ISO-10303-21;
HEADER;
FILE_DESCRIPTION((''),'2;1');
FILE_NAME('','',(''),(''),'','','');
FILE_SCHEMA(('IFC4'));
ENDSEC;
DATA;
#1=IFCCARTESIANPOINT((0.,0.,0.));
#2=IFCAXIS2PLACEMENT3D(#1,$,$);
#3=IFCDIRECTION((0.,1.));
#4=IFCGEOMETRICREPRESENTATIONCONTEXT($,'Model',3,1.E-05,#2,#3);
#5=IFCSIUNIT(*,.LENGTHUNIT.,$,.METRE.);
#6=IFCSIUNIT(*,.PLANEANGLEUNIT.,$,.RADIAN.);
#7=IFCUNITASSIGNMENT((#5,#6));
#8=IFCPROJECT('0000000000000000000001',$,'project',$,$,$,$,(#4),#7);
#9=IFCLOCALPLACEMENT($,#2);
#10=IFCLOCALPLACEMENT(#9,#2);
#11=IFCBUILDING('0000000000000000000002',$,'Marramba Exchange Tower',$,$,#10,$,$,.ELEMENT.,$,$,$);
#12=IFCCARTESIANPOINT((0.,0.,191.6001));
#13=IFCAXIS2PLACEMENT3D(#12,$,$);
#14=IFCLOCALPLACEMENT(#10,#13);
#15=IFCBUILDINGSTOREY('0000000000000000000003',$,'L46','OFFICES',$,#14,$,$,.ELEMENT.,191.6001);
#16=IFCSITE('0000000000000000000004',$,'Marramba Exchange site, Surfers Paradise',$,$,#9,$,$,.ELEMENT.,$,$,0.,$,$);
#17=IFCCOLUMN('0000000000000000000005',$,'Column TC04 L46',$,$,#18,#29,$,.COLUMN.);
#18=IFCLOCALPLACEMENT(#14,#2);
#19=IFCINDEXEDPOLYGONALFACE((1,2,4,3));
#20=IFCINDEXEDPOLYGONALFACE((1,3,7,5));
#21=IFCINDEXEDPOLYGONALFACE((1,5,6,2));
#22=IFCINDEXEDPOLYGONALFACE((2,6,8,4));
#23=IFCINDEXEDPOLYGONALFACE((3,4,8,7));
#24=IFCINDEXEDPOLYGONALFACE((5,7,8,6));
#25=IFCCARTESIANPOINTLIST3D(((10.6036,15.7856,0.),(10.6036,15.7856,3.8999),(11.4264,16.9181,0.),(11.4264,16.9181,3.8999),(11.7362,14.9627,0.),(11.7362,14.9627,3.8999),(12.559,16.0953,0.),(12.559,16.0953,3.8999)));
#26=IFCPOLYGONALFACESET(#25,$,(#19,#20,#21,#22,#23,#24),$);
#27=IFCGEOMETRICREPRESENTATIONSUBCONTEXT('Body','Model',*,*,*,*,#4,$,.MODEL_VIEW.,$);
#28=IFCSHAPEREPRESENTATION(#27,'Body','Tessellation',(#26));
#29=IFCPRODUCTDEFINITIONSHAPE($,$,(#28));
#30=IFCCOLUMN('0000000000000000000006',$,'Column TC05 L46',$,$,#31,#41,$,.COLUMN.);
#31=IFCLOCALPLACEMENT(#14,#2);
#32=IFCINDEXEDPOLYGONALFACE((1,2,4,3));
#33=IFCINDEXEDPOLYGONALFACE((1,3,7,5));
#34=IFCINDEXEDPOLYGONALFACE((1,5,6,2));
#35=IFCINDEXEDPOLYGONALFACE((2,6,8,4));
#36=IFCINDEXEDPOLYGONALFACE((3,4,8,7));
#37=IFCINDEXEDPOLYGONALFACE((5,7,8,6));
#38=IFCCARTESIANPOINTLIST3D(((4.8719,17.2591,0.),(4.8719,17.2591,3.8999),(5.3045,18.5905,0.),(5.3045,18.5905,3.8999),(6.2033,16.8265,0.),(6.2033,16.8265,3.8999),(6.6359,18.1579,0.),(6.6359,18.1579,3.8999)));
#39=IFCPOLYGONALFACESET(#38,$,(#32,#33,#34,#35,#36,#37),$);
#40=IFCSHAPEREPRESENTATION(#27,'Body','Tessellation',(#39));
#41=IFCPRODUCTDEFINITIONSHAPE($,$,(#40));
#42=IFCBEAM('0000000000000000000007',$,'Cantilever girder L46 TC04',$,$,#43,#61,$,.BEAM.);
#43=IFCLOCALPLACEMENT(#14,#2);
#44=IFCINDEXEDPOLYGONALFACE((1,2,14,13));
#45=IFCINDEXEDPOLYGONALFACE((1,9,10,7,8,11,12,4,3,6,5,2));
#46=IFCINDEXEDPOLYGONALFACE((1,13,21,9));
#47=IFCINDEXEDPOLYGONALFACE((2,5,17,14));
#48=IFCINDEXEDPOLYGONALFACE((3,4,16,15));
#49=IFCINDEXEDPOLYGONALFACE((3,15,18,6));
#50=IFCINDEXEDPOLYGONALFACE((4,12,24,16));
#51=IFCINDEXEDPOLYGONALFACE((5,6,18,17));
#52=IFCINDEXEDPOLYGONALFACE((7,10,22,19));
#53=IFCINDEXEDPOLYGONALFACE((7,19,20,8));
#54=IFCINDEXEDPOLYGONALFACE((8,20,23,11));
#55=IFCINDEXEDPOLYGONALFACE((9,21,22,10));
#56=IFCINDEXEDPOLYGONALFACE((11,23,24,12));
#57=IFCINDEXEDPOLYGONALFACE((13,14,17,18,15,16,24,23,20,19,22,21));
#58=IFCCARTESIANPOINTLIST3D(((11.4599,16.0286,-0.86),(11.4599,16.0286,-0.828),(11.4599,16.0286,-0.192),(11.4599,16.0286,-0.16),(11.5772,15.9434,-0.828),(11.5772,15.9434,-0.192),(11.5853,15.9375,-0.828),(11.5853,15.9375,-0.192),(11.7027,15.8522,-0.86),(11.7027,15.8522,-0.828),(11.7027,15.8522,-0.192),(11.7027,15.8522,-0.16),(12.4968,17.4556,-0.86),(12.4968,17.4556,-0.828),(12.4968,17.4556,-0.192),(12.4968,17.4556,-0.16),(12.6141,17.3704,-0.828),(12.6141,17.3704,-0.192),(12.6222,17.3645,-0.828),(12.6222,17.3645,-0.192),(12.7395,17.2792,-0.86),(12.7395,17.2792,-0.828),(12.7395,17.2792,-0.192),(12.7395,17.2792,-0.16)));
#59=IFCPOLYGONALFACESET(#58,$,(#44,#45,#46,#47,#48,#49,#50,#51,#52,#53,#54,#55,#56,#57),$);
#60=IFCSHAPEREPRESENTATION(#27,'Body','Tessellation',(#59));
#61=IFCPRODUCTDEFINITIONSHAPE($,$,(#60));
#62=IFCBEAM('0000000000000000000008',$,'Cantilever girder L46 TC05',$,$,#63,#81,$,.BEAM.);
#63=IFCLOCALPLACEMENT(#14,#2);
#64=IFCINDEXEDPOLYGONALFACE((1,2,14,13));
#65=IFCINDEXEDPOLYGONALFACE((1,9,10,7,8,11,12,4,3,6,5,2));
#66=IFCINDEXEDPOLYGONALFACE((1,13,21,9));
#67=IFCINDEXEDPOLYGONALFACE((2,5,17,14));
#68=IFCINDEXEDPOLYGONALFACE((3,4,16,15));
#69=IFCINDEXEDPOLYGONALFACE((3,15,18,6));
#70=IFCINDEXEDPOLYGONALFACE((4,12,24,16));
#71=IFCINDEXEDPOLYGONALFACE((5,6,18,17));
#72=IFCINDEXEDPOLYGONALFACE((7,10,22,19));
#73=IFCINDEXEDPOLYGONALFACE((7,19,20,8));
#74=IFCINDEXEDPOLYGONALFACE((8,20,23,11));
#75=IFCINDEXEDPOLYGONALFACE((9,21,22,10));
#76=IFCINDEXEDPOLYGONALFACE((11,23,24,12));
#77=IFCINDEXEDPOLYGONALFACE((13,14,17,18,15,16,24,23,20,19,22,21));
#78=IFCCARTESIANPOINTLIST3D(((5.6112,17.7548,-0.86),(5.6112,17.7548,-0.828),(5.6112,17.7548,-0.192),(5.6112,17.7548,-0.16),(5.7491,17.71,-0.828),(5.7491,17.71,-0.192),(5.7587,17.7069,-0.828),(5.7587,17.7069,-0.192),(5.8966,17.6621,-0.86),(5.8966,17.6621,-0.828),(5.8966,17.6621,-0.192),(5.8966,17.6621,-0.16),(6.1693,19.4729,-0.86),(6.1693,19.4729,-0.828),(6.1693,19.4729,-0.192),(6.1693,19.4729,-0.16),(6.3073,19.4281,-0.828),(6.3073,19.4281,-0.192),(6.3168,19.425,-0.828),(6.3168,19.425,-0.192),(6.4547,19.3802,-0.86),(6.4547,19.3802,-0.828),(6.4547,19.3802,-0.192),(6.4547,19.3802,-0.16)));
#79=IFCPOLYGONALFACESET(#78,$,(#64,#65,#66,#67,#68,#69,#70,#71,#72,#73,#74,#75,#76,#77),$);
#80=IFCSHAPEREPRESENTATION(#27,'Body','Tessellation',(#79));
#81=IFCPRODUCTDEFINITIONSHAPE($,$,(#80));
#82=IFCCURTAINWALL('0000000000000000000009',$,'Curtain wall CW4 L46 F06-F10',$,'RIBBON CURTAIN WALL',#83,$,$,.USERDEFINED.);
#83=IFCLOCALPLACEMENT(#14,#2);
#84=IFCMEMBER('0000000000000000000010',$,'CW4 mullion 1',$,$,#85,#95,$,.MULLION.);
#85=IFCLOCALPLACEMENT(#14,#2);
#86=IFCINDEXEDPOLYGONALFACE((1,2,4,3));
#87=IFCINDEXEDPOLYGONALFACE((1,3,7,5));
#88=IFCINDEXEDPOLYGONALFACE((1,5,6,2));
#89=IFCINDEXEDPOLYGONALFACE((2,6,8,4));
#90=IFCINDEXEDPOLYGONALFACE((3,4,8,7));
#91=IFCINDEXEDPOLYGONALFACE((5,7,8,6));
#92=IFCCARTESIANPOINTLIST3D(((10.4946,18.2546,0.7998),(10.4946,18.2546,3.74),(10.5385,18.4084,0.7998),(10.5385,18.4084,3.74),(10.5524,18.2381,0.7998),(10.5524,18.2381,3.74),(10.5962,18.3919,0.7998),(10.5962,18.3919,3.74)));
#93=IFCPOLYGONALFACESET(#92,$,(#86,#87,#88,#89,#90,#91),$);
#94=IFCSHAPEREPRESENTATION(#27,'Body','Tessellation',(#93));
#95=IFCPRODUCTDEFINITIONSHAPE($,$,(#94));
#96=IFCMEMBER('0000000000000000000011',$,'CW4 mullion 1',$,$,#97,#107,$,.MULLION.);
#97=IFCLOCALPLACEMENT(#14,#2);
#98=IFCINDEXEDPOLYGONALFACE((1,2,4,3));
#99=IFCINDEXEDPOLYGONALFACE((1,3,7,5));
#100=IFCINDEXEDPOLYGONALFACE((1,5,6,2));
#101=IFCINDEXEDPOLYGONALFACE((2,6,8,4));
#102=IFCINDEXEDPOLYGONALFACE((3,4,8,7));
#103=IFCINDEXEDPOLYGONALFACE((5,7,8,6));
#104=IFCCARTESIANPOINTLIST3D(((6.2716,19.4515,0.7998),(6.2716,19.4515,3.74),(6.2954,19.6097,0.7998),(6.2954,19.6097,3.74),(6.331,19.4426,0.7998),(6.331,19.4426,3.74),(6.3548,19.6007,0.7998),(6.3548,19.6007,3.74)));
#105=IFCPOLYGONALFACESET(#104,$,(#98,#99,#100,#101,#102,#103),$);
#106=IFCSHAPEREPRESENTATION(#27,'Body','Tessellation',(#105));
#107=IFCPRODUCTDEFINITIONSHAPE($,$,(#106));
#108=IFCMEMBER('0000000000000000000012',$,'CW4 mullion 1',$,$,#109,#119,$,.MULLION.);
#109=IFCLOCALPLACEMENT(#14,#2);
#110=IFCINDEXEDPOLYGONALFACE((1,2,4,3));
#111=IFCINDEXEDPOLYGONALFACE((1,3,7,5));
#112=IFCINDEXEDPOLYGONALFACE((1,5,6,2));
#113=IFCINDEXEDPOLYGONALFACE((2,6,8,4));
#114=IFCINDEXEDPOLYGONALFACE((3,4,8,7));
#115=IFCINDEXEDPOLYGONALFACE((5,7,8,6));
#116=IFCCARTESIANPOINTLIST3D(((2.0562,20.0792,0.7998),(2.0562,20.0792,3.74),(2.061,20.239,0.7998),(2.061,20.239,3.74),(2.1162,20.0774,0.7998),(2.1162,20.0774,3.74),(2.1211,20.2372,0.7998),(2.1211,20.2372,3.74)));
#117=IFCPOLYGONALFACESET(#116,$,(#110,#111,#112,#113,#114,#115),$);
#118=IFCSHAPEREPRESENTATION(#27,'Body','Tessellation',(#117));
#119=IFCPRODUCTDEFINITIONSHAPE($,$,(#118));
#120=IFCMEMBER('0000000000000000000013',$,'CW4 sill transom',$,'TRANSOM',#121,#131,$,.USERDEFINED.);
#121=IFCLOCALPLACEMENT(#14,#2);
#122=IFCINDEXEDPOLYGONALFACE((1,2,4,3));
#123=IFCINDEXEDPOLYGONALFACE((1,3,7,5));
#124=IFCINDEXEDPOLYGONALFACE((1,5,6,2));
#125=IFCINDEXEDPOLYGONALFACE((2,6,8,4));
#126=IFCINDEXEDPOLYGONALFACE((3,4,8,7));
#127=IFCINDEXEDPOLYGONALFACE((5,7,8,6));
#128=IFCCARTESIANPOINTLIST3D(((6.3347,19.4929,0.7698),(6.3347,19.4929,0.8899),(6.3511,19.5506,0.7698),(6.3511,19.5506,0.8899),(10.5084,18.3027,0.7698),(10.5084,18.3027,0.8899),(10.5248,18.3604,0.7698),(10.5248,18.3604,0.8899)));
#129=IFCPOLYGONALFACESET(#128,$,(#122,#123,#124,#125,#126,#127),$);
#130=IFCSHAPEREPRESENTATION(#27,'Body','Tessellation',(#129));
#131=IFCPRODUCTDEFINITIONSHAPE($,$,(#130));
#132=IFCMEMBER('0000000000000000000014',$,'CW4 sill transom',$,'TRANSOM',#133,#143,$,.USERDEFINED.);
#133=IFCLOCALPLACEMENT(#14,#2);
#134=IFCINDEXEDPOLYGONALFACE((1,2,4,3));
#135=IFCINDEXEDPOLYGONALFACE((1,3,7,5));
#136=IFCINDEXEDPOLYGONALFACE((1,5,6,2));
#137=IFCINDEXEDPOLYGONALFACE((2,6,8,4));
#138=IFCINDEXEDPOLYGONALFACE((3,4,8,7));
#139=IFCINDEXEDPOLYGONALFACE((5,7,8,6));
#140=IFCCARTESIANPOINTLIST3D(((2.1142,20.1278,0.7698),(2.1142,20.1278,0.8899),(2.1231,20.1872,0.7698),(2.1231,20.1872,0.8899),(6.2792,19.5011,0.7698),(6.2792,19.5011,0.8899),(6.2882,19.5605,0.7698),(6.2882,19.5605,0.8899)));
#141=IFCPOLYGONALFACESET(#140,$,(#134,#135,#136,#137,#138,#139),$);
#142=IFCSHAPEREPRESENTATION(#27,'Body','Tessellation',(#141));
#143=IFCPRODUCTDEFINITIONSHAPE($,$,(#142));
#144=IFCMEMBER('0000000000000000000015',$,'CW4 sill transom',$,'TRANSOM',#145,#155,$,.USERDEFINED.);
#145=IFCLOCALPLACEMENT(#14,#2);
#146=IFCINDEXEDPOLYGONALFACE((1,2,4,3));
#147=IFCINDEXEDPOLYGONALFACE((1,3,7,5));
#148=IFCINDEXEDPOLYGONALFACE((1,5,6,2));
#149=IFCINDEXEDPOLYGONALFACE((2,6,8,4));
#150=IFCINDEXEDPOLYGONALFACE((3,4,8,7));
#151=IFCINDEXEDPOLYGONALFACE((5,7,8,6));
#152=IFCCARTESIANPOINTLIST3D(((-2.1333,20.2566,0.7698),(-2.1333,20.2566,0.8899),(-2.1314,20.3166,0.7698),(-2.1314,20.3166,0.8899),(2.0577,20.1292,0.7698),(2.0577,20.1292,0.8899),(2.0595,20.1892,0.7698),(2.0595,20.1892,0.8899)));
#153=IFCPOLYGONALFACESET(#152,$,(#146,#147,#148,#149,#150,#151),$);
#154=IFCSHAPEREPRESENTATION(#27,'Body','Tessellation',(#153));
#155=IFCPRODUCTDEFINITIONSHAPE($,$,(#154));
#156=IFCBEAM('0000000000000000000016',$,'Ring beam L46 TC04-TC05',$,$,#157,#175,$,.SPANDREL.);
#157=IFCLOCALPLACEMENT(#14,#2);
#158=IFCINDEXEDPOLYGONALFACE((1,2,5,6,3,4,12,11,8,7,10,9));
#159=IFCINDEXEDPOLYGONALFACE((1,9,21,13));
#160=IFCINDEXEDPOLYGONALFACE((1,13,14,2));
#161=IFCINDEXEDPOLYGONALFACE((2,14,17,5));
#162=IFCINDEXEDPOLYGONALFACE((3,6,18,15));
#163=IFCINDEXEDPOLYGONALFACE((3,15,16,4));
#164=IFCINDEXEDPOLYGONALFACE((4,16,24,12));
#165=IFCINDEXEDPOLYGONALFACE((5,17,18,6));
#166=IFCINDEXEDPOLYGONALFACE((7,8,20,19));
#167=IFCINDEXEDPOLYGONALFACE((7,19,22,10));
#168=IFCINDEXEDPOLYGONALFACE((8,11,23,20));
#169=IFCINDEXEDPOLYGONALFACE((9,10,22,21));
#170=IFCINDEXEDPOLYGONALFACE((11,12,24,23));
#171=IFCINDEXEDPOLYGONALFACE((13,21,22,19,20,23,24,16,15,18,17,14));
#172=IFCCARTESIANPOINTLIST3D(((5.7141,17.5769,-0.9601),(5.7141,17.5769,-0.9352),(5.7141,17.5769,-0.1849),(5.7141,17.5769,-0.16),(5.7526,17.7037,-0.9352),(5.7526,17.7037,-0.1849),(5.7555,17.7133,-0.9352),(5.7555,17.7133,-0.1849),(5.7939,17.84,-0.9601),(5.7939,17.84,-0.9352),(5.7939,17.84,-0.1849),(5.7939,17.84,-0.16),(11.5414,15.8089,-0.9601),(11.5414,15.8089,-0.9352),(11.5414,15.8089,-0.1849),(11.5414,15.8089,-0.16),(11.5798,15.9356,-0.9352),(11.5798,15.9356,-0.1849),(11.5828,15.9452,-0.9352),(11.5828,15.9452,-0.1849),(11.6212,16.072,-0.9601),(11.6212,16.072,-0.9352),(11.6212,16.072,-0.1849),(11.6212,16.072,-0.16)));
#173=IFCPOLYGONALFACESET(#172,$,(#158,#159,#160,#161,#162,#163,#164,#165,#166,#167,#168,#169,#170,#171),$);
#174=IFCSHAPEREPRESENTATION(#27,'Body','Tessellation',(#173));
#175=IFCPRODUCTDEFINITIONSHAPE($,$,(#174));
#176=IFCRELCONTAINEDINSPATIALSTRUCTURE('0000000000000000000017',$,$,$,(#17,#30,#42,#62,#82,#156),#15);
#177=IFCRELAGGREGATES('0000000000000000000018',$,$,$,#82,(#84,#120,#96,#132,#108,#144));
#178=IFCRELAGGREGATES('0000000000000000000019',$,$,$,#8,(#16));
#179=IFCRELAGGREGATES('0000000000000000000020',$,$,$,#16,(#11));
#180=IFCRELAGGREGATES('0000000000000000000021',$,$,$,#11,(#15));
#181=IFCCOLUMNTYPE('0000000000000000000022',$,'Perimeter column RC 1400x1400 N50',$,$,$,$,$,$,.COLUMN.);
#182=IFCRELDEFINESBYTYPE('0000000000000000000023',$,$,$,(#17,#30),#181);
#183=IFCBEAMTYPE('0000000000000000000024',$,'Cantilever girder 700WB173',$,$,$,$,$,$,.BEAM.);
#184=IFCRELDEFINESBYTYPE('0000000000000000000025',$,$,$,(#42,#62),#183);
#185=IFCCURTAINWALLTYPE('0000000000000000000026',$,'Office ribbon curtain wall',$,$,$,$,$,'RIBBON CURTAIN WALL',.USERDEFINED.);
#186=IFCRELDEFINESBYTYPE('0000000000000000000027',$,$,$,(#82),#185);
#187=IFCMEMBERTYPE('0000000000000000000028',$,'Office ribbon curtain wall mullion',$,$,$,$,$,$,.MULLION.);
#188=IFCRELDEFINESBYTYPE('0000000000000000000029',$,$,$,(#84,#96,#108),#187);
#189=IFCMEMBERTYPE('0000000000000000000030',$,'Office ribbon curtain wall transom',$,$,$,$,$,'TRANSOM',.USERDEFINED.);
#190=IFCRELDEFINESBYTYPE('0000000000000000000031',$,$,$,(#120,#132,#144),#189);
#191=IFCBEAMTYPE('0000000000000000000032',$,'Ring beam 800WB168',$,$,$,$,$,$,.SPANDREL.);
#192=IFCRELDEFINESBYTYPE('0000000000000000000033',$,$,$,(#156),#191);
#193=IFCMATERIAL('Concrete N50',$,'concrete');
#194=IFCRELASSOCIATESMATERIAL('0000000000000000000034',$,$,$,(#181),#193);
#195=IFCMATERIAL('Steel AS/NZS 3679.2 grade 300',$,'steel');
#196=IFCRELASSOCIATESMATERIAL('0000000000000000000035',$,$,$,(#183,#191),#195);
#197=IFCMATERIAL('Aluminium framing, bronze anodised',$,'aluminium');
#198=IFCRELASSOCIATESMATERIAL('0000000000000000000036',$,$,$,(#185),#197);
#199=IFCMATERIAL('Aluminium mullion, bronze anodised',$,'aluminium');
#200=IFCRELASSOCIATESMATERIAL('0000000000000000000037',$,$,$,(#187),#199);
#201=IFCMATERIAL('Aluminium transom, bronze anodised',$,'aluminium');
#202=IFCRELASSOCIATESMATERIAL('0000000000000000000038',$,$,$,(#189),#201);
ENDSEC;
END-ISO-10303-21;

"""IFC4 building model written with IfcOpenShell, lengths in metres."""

from ifc_helpers import new_model, si_unit, direction, frame, origin, origin_2d, place, context, subcontext, project, spatial, rectangle, i_section, extrude, material, material_profile, profile_set, type_object, element, aggregate, save


model = new_model("IFC4")

# Units and contexts
model_context = context("Model", 3, precision=1e-05, world=origin(), true_north=direction((0.0, 1.0)))
body_context = subcontext(model_context, "Body", "Model", "MODEL_VIEW")
ifc_project = project(units=[si_unit("LENGTHUNIT", "METRE"), si_unit("PLANEANGLEUNIT", "RADIAN")], contexts=[model_context])

# Site, building, storey
site_placement = place(None, origin())
site = spatial("IfcSite", under=ifc_project, at=site_placement, Name="Marramba Exchange site, Surfers Paradise", CompositionType="ELEMENT", RefElevation=0.0)
building_placement = place(site_placement, origin())
building = spatial("IfcBuilding", under=site, at=building_placement, Name="Marramba Exchange Tower", CompositionType="ELEMENT")
storey_placement = place(building_placement, frame((0.0, 0.0, 191.6001)))
storey = spatial("IfcBuildingStorey", under=building, at=storey_placement, Name="L46", Description="OFFICES", CompositionType="ELEMENT", Elevation=191.6001)

# Columns
ifc_material_1 = material(Name="Concrete N50", Category="concrete")
ifc_material_profile_1 = material_profile(ifc_material_1, rectangle(XDim=1.3999, YDim=1.3999, at=origin_2d()), Name="RC 1400x1400")
ifc_profile_set_1 = profile_set([ifc_material_profile_1], Name="Concrete N50")
column_type = type_object("IfcColumnType", Name="Perimeter column RC 1400x1400 N50", PredefinedType="COLUMN", material=ifc_profile_set_1)
for number, where, z_axis, x_axis, name in (
    (1, (11.5813, 15.9404, 0.0), (0.0, 0.0, 1.0), (0.587785, 0.809017, 0.0), "Column TC04 L46"),
    (2, (5.7539, 17.7085, 0.0), (0.0, 0.0, 1.0), (0.309017, 0.951057, 0.0), "Column TC05 L46"),
):
    element("IfcColumn", number, at=place(storey_placement, frame(where, z_axis=z_axis, x_axis=x_axis)), inside=storey, type_object=column_type, Name=name, PredefinedType="COLUMN", context=body_context, shape_type="SweptSolid", body=[
        extrude(rectangle(XDim=1.3999, YDim=1.3999, at=origin_2d()), origin(), (0.0, 0.0, 1.0), 3.8999),
    ])

# Beams
ifc_material_2 = material(Name="Steel AS/NZS 3679.2 grade 300", Category="steel")
ifc_material_profile_2 = material_profile(ifc_material_2, i_section(OverallWidth=0.3, OverallDepth=0.7, WebThickness=0.01, FlangeThickness=0.032, at=origin_2d()), Name="700WB173")
ifc_profile_set_2 = profile_set([ifc_material_profile_2], Name="Steel AS/NZS 3679.2 grade 300")
beam_type_1 = type_object("IfcBeamType", Name="Cantilever girder 700WB173", PredefinedType="BEAM", material=ifc_profile_set_2)
beam_1_placement = place(storey_placement, frame((11.5813, 15.9404, -0.51), z_axis=(0.587818, 0.808993, 0.0), x_axis=(-0.808993, 0.587818, 0.0)))
element("IfcBeam", 3, at=beam_1_placement, inside=storey, type_object=beam_type_1, Name="Cantilever girder L46 TC04", PredefinedType="BEAM", context=body_context, shape_type="SweptSolid", body=[
    extrude(i_section(OverallWidth=0.3, OverallDepth=0.7, WebThickness=0.01, FlangeThickness=0.032, at=origin_2d()), origin(), (0.0, 0.0, 1.0), 1.7639),
])
beam_2_placement = place(storey_placement, frame((5.7539, 17.7085, -0.51), z_axis=(0.308961, 0.951075, 0.0), x_axis=(-0.951075, 0.308961, 0.0)))
element("IfcBeam", 4, at=beam_2_placement, inside=storey, type_object=beam_type_1, Name="Cantilever girder L46 TC05", PredefinedType="BEAM", context=body_context, shape_type="SweptSolid", body=[
    extrude(i_section(OverallWidth=0.3, OverallDepth=0.7, WebThickness=0.01, FlangeThickness=0.032, at=origin_2d()), origin(), (0.0, 0.0, 1.0), 1.8064),
])

# Curtain wall, members
ifc_material_3 = material(Name="Aluminium framing, bronze anodised", Category="aluminium")
curtain_wall_type = type_object("IfcCurtainWallType", Name="Office ribbon curtain wall", ElementType="RIBBON CURTAIN WALL", PredefinedType="USERDEFINED", material=ifc_material_3)
curtain_wall_placement = place(storey_placement, origin())
curtain_wall = element("IfcCurtainWall", 5, at=curtain_wall_placement, inside=storey, type_object=curtain_wall_type, Name="Curtain wall CW4 L46 F06-F10", ObjectType="RIBBON CURTAIN WALL", PredefinedType="USERDEFINED")
ifc_material_4 = material(Name="Aluminium mullion, bronze anodised", Category="aluminium")
ifc_material_profile_3 = material_profile(ifc_material_4, rectangle(XDim=0.1599, YDim=0.0601, at=origin_2d()), Name="CW4 mullion 60x160")
ifc_profile_set_3 = profile_set([ifc_material_profile_3], Name="Aluminium mullion, bronze anodised")
member_type_1 = type_object("IfcMemberType", Name="Office ribbon curtain wall mullion", PredefinedType="MULLION", material=ifc_profile_set_3)
member_1_placement = place(storey_placement, frame((10.5454, 18.3232, 0.7998), z_axis=(0.0, 0.0, 1.0), x_axis=(-0.274248, -0.961659, 0.0)))
member_1 = element("IfcMember", 6, at=member_1_placement, type_object=member_type_1, Name="CW4 mullion 1", PredefinedType="MULLION", context=body_context, shape_type="SweptSolid", body=[
    extrude(rectangle(XDim=0.1599, YDim=0.0601, at=origin_2d()), origin(), (0.0, 0.0, 1.0), 2.9402),
])
member_2_placement = place(storey_placement, frame((6.3132, 19.5261, 0.7998), z_axis=(0.0, 0.0, 1.0), x_axis=(-0.148795, -0.988868, 0.0)))
member_2 = element("IfcMember", 7, at=member_2_placement, type_object=member_type_1, Name="CW4 mullion 1", PredefinedType="MULLION", context=body_context, shape_type="SweptSolid", body=[
    extrude(rectangle(XDim=0.1599, YDim=0.0601, at=origin_2d()), origin(), (0.0, 0.0, 1.0), 2.9402),
])
member_3_placement = place(storey_placement, frame((2.0886, 20.1582, 0.7998), z_axis=(0.0, 0.0, 1.0), x_axis=(-0.030394, -0.999538, 0.0)))
member_3 = element("IfcMember", 8, at=member_3_placement, type_object=member_type_1, Name="CW4 mullion 1", PredefinedType="MULLION", context=body_context, shape_type="SweptSolid", body=[
    extrude(rectangle(XDim=0.1599, YDim=0.0601, at=origin_2d()), origin(), (0.0, 0.0, 1.0), 2.9402),
])
ifc_material_5 = material(Name="Aluminium transom, bronze anodised", Category="aluminium")
ifc_material_profile_4 = material_profile(ifc_material_5, rectangle(XDim=0.0601, YDim=0.1201, at=origin_2d()), Name="CW4 transom 60x120")
ifc_profile_set_4 = profile_set([ifc_material_profile_4], Name="Aluminium transom, bronze anodised")
member_type_2 = type_object("IfcMemberType", Name="Office ribbon curtain wall transom", ElementType="TRANSOM", PredefinedType="USERDEFINED", material=ifc_profile_set_4)
member_4_placement = place(storey_placement, frame((10.5166, 18.3315, 0.8298), z_axis=(-0.961662, 0.274238, 0.0), x_axis=(-0.274238, -0.961662, 0.0)))
member_4 = element("IfcMember", 9, at=member_4_placement, type_object=member_type_2, Name="CW4 sill transom", ObjectType="TRANSOM", PredefinedType="USERDEFINED", context=body_context, shape_type="SweptSolid", body=[
    extrude(rectangle(XDim=0.0601, YDim=0.1201, at=origin_2d()), origin(), (0.0, 0.0, 1.0), 4.3401),
])
member_5_placement = place(storey_placement, frame((6.2837, 19.5308, 0.8298), z_axis=(-0.988868, 0.148794, 0.0), x_axis=(-0.148794, -0.988868, 0.0)))
member_5 = element("IfcMember", 10, at=member_5_placement, type_object=member_type_2, Name="CW4 sill transom", ObjectType="TRANSOM", PredefinedType="USERDEFINED", context=body_context, shape_type="SweptSolid", body=[
    extrude(rectangle(XDim=0.0601, YDim=0.1201, at=origin_2d()), origin(), (0.0, 0.0, 1.0), 4.2119),
])
member_6_placement = place(storey_placement, frame((2.0586, 20.1592, 0.8298), z_axis=(-0.999538, 0.030395, 0.0), x_axis=(-0.030395, -0.999538, 0.0)))
member_6 = element("IfcMember", 11, at=member_6_placement, type_object=member_type_2, Name="CW4 sill transom", ObjectType="TRANSOM", PredefinedType="USERDEFINED", context=body_context, shape_type="SweptSolid", body=[
    extrude(rectangle(XDim=0.0601, YDim=0.1201, at=origin_2d()), origin(), (0.0, 0.0, 1.0), 4.1929),
])

# Beam
ifc_material_profile_5 = material_profile(ifc_material_2, i_section(OverallWidth=0.2749, OverallDepth=0.8, WebThickness=0.01, FlangeThickness=0.0249, at=origin_2d()), Name="800WB168")
ifc_profile_set_5 = profile_set([ifc_material_profile_5], Name="Steel AS/NZS 3679.2 grade 300")
beam_type_2 = type_object("IfcBeamType", Name="Ring beam 800WB168", PredefinedType="SPANDREL", material=ifc_profile_set_5)
beam_3_placement = place(storey_placement, frame((11.5813, 15.9404, -0.5601), z_axis=(-0.956925, 0.290337, 0.0), x_axis=(-0.290337, -0.956925, 0.0)))
element("IfcBeam", 12, at=beam_3_placement, inside=storey, type_object=beam_type_2, Name="Ring beam L46 TC04-TC05", PredefinedType="SPANDREL", context=body_context, shape_type="SweptSolid", body=[
    extrude(i_section(OverallWidth=0.2749, OverallDepth=0.8, WebThickness=0.01, FlangeThickness=0.0249, at=origin_2d()), origin(), (0.0, 0.0, 1.0), 6.0896),
])

aggregate(curtain_wall, [member_1, member_4, member_2, member_5, member_3, member_6])

save(model, "model.ifc")
